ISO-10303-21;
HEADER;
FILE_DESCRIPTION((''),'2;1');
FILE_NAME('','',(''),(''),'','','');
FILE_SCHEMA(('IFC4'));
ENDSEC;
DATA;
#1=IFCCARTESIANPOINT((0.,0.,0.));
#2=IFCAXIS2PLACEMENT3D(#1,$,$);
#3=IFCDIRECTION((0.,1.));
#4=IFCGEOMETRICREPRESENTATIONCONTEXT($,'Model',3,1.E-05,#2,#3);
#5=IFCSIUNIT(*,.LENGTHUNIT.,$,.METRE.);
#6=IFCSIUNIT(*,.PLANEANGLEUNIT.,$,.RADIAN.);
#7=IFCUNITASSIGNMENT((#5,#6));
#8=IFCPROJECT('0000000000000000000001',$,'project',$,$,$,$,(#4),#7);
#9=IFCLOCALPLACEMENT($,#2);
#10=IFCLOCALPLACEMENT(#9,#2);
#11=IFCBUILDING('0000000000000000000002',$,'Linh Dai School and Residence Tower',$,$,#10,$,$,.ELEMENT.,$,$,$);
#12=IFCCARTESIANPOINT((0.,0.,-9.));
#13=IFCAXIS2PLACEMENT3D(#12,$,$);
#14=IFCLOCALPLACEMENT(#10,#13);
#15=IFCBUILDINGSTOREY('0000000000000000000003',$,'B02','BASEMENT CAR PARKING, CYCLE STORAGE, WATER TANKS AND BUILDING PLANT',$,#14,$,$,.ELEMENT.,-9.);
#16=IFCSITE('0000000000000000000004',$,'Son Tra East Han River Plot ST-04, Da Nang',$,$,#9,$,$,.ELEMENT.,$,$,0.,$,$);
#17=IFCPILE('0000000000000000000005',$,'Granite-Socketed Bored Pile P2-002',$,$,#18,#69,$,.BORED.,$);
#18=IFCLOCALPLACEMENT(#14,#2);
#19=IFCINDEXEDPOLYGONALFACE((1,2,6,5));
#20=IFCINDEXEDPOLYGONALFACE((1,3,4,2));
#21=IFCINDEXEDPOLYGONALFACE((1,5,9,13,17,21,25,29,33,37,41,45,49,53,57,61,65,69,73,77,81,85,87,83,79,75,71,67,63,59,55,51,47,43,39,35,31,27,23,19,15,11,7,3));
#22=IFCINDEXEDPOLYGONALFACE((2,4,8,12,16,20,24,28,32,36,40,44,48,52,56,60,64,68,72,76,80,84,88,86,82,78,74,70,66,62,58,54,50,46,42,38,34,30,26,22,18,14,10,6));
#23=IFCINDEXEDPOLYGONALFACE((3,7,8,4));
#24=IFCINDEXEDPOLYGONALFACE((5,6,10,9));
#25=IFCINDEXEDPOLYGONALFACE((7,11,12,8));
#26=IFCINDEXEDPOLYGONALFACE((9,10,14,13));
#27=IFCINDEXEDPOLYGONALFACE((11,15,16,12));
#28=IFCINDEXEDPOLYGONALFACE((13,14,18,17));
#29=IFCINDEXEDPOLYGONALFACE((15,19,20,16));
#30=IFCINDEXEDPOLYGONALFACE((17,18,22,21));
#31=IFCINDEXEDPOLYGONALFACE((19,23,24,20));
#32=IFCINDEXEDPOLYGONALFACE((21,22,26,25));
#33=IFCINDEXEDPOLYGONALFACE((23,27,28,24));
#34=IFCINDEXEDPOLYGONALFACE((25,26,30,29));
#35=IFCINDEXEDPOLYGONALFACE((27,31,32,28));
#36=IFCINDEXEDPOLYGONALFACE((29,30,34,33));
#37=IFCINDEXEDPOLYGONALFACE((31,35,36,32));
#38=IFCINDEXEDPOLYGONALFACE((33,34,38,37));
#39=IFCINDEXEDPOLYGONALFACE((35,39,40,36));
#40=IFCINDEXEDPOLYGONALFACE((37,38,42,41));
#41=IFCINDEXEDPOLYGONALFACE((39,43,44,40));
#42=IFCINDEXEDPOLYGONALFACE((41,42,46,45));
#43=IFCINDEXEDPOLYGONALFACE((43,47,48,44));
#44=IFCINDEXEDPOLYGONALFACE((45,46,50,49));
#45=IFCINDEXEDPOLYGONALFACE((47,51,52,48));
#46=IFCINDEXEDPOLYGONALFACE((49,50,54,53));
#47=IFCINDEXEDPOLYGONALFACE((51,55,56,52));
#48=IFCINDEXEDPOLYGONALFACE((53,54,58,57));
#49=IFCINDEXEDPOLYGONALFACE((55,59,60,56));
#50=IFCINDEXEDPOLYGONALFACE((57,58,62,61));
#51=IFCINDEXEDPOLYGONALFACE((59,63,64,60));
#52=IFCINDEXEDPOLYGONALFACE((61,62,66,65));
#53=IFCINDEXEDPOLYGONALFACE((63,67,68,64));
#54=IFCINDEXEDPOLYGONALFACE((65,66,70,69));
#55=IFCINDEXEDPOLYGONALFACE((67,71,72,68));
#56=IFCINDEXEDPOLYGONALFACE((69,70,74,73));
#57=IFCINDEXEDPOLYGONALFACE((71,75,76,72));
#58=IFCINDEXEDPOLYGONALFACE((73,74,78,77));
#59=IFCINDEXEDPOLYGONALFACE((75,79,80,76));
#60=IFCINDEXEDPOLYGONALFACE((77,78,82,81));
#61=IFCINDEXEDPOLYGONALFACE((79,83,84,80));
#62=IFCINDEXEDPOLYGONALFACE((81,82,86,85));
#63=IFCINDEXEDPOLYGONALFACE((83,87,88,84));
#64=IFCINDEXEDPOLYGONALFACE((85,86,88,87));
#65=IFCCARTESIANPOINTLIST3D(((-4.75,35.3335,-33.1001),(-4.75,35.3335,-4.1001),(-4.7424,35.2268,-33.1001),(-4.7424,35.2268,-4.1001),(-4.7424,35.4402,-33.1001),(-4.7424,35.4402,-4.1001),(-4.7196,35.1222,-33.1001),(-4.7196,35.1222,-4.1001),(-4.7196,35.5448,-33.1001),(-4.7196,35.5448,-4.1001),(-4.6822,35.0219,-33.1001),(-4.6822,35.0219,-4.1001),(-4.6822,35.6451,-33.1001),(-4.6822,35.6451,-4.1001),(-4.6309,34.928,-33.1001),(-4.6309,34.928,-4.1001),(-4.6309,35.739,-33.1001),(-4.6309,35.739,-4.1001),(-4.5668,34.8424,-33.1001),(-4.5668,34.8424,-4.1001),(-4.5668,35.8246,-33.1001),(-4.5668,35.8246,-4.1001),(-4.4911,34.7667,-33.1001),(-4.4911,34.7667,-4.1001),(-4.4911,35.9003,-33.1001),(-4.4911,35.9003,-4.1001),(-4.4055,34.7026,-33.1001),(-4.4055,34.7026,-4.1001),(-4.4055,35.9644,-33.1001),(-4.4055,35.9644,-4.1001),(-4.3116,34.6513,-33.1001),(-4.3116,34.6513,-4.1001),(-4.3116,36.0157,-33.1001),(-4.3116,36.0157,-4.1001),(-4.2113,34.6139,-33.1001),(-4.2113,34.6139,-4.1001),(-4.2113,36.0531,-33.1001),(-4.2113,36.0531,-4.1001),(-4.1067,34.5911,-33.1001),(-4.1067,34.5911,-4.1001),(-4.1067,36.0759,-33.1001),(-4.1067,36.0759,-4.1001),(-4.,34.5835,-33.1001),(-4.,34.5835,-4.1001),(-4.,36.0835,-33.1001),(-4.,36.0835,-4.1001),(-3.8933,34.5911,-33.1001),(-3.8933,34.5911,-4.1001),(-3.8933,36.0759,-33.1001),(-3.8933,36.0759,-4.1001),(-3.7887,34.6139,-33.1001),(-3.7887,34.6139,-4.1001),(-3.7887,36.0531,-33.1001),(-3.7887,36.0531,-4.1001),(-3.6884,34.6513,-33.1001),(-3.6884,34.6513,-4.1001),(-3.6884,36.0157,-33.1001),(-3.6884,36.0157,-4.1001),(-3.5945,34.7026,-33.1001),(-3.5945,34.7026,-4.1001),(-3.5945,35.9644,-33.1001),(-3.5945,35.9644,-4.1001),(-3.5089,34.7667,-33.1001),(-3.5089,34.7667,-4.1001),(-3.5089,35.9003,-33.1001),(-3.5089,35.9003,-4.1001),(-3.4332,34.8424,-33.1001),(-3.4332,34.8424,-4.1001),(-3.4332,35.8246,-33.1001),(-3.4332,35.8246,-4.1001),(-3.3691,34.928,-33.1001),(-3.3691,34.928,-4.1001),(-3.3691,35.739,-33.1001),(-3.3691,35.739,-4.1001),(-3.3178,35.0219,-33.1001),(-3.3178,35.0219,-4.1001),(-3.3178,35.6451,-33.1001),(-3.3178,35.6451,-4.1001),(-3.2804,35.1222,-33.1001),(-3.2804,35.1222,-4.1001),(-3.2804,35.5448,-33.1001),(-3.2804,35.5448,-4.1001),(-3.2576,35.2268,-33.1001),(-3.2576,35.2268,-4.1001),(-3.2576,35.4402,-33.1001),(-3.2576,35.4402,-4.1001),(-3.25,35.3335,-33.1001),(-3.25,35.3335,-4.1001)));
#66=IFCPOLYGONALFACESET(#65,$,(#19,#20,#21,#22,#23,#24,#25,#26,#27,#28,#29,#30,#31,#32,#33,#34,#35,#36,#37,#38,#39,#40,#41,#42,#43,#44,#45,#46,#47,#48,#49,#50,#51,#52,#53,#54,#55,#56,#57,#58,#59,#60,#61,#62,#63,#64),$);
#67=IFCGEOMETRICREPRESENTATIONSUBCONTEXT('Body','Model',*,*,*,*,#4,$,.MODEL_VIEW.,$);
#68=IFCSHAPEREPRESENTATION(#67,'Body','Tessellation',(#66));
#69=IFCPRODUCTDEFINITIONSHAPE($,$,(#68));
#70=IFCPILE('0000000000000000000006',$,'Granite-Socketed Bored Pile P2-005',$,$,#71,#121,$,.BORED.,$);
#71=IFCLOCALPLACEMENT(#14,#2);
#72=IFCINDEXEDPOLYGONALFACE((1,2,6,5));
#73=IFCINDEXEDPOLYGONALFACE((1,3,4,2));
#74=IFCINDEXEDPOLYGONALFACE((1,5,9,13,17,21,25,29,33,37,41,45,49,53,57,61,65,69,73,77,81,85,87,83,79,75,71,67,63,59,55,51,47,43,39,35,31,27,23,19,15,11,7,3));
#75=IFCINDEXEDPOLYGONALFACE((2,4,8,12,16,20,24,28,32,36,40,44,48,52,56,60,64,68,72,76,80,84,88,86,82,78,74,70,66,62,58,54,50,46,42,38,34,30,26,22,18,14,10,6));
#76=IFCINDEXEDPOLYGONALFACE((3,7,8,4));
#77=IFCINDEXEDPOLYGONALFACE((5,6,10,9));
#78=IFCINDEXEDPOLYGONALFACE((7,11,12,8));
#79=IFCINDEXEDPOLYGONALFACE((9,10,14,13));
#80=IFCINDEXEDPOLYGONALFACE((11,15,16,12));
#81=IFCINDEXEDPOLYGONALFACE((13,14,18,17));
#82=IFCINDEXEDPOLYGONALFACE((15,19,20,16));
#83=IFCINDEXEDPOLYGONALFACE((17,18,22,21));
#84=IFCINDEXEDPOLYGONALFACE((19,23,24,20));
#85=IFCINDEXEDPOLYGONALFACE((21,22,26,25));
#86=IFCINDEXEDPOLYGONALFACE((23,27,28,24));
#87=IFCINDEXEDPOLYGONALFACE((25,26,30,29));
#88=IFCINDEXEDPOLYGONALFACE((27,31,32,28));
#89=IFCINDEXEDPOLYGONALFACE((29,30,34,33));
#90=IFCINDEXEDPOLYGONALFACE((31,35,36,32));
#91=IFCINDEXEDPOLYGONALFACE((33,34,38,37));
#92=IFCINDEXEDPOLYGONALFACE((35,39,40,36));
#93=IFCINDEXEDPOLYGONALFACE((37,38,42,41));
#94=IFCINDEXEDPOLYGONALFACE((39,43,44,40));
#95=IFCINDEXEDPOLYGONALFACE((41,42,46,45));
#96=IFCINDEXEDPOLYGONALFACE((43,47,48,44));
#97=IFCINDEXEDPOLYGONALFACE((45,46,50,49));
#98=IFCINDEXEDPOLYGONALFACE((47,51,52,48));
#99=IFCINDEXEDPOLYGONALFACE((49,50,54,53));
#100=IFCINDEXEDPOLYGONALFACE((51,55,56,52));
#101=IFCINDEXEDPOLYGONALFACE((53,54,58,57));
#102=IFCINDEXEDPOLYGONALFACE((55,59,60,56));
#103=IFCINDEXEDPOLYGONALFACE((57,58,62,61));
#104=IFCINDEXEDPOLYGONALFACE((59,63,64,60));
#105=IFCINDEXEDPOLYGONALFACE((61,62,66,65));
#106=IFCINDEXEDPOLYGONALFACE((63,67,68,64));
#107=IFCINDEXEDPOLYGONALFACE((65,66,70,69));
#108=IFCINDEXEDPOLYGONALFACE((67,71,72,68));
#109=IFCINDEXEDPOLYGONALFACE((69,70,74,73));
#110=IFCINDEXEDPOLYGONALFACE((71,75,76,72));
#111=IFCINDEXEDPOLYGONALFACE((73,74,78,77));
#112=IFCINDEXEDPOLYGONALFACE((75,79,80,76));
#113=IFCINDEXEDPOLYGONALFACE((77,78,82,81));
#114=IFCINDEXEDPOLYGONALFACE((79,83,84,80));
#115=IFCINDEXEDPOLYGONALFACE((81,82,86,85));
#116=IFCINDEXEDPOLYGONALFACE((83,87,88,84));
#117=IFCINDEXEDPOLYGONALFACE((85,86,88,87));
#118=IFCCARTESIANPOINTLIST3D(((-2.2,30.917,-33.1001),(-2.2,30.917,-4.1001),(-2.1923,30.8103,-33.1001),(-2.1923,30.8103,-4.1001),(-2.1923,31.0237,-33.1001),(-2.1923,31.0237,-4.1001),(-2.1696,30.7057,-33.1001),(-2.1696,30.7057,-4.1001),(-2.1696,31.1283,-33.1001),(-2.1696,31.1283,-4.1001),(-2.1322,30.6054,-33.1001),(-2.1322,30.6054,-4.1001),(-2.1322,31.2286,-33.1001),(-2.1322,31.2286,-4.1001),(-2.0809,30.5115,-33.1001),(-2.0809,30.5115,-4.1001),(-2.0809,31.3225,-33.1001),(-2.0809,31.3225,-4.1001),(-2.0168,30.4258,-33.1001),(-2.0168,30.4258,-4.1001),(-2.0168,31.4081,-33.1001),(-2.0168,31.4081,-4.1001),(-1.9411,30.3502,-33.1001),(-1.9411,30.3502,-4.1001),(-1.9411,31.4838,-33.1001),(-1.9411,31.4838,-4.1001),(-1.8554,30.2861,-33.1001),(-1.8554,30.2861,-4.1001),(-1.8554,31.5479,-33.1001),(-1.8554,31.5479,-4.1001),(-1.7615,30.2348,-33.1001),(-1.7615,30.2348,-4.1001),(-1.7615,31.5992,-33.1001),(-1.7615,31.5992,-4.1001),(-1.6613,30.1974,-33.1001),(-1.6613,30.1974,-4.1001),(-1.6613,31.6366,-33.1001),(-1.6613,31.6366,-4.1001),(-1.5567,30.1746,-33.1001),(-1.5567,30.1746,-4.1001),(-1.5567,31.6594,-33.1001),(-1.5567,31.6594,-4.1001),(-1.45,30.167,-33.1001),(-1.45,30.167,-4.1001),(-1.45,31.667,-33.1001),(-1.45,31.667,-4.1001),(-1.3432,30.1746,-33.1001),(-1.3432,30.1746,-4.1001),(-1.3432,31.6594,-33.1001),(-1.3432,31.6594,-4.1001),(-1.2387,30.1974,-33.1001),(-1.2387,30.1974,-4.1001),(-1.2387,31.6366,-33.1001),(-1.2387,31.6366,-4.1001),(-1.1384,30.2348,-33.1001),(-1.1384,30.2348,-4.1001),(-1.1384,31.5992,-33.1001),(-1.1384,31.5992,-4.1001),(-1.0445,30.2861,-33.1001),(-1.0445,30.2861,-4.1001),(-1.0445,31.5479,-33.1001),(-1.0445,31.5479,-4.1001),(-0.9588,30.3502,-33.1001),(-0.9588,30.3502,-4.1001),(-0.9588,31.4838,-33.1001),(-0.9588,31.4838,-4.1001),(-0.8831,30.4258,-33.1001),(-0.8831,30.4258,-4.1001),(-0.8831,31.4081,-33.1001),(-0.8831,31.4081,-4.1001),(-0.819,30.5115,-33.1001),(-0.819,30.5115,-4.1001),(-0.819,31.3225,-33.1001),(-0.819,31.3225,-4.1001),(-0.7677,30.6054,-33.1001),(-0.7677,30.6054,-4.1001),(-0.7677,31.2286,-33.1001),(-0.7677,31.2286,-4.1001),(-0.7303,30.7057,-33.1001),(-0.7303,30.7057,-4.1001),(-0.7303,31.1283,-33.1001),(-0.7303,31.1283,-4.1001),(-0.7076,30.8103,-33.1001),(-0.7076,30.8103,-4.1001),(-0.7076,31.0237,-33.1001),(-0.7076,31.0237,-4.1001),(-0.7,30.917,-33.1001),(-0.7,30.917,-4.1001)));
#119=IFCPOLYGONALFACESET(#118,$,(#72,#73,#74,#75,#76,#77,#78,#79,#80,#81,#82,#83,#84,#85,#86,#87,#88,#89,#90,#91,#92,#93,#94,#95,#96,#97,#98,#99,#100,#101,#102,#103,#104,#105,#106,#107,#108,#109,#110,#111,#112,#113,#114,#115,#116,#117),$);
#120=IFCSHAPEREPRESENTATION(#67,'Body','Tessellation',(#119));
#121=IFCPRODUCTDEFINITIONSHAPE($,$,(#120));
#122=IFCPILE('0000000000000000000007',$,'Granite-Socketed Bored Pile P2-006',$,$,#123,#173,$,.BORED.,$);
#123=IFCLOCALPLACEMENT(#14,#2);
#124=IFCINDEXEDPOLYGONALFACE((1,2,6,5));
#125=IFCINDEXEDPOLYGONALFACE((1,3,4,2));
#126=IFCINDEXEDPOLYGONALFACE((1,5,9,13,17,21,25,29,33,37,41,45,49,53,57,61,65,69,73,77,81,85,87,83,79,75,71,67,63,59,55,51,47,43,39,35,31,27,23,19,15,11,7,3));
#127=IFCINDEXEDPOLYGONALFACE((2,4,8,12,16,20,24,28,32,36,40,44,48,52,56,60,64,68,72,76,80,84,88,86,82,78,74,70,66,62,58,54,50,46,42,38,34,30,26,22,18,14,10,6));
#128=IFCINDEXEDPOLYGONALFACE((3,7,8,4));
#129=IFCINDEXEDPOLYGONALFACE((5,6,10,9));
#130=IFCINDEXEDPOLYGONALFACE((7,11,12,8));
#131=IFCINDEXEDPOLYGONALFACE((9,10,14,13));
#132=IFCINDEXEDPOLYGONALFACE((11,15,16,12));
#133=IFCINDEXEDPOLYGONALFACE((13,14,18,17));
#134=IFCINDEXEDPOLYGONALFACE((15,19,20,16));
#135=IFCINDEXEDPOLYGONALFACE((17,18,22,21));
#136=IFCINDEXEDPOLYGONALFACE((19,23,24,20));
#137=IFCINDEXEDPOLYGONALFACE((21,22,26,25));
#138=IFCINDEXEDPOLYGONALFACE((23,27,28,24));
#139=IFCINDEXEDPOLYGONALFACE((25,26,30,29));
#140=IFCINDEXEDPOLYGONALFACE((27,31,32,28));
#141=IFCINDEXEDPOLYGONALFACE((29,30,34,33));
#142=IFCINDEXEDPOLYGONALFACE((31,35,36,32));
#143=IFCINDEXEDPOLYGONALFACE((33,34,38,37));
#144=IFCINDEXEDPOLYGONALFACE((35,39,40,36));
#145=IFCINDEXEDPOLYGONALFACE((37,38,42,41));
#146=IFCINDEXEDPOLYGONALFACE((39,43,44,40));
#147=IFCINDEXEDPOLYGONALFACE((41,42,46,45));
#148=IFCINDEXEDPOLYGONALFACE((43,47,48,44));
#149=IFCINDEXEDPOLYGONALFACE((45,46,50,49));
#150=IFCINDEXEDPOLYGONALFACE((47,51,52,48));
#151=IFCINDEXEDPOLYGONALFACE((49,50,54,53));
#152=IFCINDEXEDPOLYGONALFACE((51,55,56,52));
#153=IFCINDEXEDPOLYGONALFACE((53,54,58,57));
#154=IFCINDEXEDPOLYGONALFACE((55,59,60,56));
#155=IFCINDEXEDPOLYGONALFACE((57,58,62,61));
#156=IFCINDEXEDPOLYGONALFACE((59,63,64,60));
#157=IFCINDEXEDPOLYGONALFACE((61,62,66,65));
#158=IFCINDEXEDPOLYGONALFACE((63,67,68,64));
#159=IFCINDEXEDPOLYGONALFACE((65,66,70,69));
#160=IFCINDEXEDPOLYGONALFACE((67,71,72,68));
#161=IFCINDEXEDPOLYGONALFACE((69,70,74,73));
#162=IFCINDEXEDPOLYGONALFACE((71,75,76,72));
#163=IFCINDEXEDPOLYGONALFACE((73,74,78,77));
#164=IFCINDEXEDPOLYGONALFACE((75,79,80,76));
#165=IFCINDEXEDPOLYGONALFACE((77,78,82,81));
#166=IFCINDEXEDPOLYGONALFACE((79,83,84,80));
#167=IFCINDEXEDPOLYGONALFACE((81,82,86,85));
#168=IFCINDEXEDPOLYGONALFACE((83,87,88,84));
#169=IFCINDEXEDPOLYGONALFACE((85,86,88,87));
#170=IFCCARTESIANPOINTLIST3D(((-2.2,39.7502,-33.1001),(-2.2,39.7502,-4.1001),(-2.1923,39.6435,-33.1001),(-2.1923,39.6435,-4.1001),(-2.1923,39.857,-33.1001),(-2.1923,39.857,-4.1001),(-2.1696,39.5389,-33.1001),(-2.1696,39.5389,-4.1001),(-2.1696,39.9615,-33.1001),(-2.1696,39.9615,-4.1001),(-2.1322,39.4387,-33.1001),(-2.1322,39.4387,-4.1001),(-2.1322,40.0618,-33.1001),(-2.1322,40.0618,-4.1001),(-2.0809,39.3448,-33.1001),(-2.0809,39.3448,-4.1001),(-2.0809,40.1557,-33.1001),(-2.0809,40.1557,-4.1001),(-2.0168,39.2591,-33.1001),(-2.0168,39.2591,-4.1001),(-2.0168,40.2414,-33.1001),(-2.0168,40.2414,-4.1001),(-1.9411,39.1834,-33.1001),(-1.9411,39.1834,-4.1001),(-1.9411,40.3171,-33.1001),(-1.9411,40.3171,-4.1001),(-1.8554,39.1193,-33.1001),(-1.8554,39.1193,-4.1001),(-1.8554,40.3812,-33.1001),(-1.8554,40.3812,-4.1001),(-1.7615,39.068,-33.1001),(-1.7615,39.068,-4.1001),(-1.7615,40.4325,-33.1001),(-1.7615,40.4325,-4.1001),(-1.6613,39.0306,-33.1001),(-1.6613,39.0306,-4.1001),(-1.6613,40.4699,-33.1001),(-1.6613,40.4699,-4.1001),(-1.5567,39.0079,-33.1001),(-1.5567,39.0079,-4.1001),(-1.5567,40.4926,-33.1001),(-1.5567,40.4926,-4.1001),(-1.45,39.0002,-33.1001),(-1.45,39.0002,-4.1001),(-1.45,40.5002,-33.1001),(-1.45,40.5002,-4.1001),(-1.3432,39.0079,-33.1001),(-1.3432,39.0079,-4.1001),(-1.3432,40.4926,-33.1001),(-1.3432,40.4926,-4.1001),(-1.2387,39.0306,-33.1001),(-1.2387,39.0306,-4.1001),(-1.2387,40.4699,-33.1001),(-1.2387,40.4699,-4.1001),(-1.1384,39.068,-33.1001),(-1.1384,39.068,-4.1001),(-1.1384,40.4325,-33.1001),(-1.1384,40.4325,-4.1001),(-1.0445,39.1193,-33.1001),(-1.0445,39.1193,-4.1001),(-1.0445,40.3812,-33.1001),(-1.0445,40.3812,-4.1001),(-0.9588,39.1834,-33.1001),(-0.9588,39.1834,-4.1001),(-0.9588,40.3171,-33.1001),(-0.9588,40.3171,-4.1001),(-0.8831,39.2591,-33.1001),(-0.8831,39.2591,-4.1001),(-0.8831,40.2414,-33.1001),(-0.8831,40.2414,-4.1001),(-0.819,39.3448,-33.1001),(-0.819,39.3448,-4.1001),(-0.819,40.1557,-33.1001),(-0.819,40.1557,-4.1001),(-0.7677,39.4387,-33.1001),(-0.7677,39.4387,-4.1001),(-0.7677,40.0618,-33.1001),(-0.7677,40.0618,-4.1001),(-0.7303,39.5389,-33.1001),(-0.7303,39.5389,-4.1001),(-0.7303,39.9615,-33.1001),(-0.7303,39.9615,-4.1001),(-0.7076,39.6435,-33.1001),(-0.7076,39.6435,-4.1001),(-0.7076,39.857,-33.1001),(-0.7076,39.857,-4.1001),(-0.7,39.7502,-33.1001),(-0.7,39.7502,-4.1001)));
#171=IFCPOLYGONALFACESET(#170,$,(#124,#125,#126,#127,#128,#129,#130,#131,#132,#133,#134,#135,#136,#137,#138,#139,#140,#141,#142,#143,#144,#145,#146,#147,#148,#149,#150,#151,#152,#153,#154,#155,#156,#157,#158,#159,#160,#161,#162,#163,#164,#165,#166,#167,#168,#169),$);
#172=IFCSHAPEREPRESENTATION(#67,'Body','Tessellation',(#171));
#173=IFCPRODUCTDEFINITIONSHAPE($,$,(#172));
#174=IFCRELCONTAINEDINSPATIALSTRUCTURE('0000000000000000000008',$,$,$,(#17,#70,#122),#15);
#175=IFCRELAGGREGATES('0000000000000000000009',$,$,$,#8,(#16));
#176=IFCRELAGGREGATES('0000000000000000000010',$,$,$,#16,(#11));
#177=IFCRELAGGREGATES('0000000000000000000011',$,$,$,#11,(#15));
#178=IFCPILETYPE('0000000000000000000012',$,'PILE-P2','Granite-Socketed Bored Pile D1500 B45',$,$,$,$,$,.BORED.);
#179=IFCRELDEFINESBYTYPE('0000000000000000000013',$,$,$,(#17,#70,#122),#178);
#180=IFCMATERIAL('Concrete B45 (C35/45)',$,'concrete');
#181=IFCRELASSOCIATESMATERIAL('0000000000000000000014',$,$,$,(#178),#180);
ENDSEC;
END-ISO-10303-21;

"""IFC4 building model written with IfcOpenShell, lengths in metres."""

from ifc_helpers import new_model, si_unit, direction, frame, origin, origin_2d, place, context, subcontext, project, spatial, circle, extrude, material, material_profile, profile_set, type_object, element, save


model = new_model("IFC4")

# Units and contexts
model_context = context("Model", 3, precision=1e-05, world=origin(), true_north=direction((0.0, 1.0)))
body_context = subcontext(model_context, "Body", "Model", "MODEL_VIEW")
ifc_project = project(units=[si_unit("LENGTHUNIT", "METRE"), si_unit("PLANEANGLEUNIT", "RADIAN")], contexts=[model_context])

# Site, building, storey
site_placement = place(None, origin())
site = spatial("IfcSite", under=ifc_project, at=site_placement, Name="Son Tra East Han River Plot ST-04, Da Nang", CompositionType="ELEMENT", RefElevation=0.0)
building_placement = place(site_placement, origin())
building = spatial("IfcBuilding", under=site, at=building_placement, Name="Linh Dai School and Residence Tower", CompositionType="ELEMENT")
storey_placement = place(building_placement, frame((0.0, 0.0, -9.0)))
storey = spatial("IfcBuildingStorey", under=building, at=storey_placement, Name="B02", Description="BASEMENT CAR PARKING, CYCLE STORAGE, WATER TANKS AND BUILDING PLANT", CompositionType="ELEMENT", Elevation=-9.0)

# Piles
ifc_material_1 = material(Name="Concrete B45 (C35/45)", Category="concrete")
ifc_material_profile_1 = material_profile(ifc_material_1, circle(Radius=0.75, at=origin_2d()), Name="PILE D1500")
ifc_profile_set_1 = profile_set([ifc_material_profile_1], Name="Concrete B45 (C35/45)")
pile_type = type_object("IfcPileType", Name="PILE-P2", Description="Granite-Socketed Bored Pile D1500 B45", PredefinedType="BORED", material=ifc_profile_set_1)
for number, where, z_axis, x_axis, name in (
    (1, (-4.0, 35.3335, -4.1001), (0.0, 0.0, -1.0), (1.0, 0.0, 0.0), "Granite-Socketed Bored Pile P2-002"),
    (2, (-1.45, 30.917, -4.1001), (0.0, 0.0, -1.0), (1.0, 0.0, 0.0), "Granite-Socketed Bored Pile P2-005"),
    (3, (-1.45, 39.7502, -4.1001), (0.0, 0.0, -1.0), (1.0, 0.0, 0.0), "Granite-Socketed Bored Pile P2-006"),
):
    element("IfcPile", number, at=place(storey_placement, frame(where, z_axis=z_axis, x_axis=x_axis)), inside=storey, type_object=pile_type, Name=name, PredefinedType="BORED", context=body_context, shape_type="SweptSolid", body=[
        extrude(circle(Radius=0.75, at=origin_2d()), origin(), (0.0, 0.0, 1.0), 29.0),
    ])

save(model, "model.ifc")
